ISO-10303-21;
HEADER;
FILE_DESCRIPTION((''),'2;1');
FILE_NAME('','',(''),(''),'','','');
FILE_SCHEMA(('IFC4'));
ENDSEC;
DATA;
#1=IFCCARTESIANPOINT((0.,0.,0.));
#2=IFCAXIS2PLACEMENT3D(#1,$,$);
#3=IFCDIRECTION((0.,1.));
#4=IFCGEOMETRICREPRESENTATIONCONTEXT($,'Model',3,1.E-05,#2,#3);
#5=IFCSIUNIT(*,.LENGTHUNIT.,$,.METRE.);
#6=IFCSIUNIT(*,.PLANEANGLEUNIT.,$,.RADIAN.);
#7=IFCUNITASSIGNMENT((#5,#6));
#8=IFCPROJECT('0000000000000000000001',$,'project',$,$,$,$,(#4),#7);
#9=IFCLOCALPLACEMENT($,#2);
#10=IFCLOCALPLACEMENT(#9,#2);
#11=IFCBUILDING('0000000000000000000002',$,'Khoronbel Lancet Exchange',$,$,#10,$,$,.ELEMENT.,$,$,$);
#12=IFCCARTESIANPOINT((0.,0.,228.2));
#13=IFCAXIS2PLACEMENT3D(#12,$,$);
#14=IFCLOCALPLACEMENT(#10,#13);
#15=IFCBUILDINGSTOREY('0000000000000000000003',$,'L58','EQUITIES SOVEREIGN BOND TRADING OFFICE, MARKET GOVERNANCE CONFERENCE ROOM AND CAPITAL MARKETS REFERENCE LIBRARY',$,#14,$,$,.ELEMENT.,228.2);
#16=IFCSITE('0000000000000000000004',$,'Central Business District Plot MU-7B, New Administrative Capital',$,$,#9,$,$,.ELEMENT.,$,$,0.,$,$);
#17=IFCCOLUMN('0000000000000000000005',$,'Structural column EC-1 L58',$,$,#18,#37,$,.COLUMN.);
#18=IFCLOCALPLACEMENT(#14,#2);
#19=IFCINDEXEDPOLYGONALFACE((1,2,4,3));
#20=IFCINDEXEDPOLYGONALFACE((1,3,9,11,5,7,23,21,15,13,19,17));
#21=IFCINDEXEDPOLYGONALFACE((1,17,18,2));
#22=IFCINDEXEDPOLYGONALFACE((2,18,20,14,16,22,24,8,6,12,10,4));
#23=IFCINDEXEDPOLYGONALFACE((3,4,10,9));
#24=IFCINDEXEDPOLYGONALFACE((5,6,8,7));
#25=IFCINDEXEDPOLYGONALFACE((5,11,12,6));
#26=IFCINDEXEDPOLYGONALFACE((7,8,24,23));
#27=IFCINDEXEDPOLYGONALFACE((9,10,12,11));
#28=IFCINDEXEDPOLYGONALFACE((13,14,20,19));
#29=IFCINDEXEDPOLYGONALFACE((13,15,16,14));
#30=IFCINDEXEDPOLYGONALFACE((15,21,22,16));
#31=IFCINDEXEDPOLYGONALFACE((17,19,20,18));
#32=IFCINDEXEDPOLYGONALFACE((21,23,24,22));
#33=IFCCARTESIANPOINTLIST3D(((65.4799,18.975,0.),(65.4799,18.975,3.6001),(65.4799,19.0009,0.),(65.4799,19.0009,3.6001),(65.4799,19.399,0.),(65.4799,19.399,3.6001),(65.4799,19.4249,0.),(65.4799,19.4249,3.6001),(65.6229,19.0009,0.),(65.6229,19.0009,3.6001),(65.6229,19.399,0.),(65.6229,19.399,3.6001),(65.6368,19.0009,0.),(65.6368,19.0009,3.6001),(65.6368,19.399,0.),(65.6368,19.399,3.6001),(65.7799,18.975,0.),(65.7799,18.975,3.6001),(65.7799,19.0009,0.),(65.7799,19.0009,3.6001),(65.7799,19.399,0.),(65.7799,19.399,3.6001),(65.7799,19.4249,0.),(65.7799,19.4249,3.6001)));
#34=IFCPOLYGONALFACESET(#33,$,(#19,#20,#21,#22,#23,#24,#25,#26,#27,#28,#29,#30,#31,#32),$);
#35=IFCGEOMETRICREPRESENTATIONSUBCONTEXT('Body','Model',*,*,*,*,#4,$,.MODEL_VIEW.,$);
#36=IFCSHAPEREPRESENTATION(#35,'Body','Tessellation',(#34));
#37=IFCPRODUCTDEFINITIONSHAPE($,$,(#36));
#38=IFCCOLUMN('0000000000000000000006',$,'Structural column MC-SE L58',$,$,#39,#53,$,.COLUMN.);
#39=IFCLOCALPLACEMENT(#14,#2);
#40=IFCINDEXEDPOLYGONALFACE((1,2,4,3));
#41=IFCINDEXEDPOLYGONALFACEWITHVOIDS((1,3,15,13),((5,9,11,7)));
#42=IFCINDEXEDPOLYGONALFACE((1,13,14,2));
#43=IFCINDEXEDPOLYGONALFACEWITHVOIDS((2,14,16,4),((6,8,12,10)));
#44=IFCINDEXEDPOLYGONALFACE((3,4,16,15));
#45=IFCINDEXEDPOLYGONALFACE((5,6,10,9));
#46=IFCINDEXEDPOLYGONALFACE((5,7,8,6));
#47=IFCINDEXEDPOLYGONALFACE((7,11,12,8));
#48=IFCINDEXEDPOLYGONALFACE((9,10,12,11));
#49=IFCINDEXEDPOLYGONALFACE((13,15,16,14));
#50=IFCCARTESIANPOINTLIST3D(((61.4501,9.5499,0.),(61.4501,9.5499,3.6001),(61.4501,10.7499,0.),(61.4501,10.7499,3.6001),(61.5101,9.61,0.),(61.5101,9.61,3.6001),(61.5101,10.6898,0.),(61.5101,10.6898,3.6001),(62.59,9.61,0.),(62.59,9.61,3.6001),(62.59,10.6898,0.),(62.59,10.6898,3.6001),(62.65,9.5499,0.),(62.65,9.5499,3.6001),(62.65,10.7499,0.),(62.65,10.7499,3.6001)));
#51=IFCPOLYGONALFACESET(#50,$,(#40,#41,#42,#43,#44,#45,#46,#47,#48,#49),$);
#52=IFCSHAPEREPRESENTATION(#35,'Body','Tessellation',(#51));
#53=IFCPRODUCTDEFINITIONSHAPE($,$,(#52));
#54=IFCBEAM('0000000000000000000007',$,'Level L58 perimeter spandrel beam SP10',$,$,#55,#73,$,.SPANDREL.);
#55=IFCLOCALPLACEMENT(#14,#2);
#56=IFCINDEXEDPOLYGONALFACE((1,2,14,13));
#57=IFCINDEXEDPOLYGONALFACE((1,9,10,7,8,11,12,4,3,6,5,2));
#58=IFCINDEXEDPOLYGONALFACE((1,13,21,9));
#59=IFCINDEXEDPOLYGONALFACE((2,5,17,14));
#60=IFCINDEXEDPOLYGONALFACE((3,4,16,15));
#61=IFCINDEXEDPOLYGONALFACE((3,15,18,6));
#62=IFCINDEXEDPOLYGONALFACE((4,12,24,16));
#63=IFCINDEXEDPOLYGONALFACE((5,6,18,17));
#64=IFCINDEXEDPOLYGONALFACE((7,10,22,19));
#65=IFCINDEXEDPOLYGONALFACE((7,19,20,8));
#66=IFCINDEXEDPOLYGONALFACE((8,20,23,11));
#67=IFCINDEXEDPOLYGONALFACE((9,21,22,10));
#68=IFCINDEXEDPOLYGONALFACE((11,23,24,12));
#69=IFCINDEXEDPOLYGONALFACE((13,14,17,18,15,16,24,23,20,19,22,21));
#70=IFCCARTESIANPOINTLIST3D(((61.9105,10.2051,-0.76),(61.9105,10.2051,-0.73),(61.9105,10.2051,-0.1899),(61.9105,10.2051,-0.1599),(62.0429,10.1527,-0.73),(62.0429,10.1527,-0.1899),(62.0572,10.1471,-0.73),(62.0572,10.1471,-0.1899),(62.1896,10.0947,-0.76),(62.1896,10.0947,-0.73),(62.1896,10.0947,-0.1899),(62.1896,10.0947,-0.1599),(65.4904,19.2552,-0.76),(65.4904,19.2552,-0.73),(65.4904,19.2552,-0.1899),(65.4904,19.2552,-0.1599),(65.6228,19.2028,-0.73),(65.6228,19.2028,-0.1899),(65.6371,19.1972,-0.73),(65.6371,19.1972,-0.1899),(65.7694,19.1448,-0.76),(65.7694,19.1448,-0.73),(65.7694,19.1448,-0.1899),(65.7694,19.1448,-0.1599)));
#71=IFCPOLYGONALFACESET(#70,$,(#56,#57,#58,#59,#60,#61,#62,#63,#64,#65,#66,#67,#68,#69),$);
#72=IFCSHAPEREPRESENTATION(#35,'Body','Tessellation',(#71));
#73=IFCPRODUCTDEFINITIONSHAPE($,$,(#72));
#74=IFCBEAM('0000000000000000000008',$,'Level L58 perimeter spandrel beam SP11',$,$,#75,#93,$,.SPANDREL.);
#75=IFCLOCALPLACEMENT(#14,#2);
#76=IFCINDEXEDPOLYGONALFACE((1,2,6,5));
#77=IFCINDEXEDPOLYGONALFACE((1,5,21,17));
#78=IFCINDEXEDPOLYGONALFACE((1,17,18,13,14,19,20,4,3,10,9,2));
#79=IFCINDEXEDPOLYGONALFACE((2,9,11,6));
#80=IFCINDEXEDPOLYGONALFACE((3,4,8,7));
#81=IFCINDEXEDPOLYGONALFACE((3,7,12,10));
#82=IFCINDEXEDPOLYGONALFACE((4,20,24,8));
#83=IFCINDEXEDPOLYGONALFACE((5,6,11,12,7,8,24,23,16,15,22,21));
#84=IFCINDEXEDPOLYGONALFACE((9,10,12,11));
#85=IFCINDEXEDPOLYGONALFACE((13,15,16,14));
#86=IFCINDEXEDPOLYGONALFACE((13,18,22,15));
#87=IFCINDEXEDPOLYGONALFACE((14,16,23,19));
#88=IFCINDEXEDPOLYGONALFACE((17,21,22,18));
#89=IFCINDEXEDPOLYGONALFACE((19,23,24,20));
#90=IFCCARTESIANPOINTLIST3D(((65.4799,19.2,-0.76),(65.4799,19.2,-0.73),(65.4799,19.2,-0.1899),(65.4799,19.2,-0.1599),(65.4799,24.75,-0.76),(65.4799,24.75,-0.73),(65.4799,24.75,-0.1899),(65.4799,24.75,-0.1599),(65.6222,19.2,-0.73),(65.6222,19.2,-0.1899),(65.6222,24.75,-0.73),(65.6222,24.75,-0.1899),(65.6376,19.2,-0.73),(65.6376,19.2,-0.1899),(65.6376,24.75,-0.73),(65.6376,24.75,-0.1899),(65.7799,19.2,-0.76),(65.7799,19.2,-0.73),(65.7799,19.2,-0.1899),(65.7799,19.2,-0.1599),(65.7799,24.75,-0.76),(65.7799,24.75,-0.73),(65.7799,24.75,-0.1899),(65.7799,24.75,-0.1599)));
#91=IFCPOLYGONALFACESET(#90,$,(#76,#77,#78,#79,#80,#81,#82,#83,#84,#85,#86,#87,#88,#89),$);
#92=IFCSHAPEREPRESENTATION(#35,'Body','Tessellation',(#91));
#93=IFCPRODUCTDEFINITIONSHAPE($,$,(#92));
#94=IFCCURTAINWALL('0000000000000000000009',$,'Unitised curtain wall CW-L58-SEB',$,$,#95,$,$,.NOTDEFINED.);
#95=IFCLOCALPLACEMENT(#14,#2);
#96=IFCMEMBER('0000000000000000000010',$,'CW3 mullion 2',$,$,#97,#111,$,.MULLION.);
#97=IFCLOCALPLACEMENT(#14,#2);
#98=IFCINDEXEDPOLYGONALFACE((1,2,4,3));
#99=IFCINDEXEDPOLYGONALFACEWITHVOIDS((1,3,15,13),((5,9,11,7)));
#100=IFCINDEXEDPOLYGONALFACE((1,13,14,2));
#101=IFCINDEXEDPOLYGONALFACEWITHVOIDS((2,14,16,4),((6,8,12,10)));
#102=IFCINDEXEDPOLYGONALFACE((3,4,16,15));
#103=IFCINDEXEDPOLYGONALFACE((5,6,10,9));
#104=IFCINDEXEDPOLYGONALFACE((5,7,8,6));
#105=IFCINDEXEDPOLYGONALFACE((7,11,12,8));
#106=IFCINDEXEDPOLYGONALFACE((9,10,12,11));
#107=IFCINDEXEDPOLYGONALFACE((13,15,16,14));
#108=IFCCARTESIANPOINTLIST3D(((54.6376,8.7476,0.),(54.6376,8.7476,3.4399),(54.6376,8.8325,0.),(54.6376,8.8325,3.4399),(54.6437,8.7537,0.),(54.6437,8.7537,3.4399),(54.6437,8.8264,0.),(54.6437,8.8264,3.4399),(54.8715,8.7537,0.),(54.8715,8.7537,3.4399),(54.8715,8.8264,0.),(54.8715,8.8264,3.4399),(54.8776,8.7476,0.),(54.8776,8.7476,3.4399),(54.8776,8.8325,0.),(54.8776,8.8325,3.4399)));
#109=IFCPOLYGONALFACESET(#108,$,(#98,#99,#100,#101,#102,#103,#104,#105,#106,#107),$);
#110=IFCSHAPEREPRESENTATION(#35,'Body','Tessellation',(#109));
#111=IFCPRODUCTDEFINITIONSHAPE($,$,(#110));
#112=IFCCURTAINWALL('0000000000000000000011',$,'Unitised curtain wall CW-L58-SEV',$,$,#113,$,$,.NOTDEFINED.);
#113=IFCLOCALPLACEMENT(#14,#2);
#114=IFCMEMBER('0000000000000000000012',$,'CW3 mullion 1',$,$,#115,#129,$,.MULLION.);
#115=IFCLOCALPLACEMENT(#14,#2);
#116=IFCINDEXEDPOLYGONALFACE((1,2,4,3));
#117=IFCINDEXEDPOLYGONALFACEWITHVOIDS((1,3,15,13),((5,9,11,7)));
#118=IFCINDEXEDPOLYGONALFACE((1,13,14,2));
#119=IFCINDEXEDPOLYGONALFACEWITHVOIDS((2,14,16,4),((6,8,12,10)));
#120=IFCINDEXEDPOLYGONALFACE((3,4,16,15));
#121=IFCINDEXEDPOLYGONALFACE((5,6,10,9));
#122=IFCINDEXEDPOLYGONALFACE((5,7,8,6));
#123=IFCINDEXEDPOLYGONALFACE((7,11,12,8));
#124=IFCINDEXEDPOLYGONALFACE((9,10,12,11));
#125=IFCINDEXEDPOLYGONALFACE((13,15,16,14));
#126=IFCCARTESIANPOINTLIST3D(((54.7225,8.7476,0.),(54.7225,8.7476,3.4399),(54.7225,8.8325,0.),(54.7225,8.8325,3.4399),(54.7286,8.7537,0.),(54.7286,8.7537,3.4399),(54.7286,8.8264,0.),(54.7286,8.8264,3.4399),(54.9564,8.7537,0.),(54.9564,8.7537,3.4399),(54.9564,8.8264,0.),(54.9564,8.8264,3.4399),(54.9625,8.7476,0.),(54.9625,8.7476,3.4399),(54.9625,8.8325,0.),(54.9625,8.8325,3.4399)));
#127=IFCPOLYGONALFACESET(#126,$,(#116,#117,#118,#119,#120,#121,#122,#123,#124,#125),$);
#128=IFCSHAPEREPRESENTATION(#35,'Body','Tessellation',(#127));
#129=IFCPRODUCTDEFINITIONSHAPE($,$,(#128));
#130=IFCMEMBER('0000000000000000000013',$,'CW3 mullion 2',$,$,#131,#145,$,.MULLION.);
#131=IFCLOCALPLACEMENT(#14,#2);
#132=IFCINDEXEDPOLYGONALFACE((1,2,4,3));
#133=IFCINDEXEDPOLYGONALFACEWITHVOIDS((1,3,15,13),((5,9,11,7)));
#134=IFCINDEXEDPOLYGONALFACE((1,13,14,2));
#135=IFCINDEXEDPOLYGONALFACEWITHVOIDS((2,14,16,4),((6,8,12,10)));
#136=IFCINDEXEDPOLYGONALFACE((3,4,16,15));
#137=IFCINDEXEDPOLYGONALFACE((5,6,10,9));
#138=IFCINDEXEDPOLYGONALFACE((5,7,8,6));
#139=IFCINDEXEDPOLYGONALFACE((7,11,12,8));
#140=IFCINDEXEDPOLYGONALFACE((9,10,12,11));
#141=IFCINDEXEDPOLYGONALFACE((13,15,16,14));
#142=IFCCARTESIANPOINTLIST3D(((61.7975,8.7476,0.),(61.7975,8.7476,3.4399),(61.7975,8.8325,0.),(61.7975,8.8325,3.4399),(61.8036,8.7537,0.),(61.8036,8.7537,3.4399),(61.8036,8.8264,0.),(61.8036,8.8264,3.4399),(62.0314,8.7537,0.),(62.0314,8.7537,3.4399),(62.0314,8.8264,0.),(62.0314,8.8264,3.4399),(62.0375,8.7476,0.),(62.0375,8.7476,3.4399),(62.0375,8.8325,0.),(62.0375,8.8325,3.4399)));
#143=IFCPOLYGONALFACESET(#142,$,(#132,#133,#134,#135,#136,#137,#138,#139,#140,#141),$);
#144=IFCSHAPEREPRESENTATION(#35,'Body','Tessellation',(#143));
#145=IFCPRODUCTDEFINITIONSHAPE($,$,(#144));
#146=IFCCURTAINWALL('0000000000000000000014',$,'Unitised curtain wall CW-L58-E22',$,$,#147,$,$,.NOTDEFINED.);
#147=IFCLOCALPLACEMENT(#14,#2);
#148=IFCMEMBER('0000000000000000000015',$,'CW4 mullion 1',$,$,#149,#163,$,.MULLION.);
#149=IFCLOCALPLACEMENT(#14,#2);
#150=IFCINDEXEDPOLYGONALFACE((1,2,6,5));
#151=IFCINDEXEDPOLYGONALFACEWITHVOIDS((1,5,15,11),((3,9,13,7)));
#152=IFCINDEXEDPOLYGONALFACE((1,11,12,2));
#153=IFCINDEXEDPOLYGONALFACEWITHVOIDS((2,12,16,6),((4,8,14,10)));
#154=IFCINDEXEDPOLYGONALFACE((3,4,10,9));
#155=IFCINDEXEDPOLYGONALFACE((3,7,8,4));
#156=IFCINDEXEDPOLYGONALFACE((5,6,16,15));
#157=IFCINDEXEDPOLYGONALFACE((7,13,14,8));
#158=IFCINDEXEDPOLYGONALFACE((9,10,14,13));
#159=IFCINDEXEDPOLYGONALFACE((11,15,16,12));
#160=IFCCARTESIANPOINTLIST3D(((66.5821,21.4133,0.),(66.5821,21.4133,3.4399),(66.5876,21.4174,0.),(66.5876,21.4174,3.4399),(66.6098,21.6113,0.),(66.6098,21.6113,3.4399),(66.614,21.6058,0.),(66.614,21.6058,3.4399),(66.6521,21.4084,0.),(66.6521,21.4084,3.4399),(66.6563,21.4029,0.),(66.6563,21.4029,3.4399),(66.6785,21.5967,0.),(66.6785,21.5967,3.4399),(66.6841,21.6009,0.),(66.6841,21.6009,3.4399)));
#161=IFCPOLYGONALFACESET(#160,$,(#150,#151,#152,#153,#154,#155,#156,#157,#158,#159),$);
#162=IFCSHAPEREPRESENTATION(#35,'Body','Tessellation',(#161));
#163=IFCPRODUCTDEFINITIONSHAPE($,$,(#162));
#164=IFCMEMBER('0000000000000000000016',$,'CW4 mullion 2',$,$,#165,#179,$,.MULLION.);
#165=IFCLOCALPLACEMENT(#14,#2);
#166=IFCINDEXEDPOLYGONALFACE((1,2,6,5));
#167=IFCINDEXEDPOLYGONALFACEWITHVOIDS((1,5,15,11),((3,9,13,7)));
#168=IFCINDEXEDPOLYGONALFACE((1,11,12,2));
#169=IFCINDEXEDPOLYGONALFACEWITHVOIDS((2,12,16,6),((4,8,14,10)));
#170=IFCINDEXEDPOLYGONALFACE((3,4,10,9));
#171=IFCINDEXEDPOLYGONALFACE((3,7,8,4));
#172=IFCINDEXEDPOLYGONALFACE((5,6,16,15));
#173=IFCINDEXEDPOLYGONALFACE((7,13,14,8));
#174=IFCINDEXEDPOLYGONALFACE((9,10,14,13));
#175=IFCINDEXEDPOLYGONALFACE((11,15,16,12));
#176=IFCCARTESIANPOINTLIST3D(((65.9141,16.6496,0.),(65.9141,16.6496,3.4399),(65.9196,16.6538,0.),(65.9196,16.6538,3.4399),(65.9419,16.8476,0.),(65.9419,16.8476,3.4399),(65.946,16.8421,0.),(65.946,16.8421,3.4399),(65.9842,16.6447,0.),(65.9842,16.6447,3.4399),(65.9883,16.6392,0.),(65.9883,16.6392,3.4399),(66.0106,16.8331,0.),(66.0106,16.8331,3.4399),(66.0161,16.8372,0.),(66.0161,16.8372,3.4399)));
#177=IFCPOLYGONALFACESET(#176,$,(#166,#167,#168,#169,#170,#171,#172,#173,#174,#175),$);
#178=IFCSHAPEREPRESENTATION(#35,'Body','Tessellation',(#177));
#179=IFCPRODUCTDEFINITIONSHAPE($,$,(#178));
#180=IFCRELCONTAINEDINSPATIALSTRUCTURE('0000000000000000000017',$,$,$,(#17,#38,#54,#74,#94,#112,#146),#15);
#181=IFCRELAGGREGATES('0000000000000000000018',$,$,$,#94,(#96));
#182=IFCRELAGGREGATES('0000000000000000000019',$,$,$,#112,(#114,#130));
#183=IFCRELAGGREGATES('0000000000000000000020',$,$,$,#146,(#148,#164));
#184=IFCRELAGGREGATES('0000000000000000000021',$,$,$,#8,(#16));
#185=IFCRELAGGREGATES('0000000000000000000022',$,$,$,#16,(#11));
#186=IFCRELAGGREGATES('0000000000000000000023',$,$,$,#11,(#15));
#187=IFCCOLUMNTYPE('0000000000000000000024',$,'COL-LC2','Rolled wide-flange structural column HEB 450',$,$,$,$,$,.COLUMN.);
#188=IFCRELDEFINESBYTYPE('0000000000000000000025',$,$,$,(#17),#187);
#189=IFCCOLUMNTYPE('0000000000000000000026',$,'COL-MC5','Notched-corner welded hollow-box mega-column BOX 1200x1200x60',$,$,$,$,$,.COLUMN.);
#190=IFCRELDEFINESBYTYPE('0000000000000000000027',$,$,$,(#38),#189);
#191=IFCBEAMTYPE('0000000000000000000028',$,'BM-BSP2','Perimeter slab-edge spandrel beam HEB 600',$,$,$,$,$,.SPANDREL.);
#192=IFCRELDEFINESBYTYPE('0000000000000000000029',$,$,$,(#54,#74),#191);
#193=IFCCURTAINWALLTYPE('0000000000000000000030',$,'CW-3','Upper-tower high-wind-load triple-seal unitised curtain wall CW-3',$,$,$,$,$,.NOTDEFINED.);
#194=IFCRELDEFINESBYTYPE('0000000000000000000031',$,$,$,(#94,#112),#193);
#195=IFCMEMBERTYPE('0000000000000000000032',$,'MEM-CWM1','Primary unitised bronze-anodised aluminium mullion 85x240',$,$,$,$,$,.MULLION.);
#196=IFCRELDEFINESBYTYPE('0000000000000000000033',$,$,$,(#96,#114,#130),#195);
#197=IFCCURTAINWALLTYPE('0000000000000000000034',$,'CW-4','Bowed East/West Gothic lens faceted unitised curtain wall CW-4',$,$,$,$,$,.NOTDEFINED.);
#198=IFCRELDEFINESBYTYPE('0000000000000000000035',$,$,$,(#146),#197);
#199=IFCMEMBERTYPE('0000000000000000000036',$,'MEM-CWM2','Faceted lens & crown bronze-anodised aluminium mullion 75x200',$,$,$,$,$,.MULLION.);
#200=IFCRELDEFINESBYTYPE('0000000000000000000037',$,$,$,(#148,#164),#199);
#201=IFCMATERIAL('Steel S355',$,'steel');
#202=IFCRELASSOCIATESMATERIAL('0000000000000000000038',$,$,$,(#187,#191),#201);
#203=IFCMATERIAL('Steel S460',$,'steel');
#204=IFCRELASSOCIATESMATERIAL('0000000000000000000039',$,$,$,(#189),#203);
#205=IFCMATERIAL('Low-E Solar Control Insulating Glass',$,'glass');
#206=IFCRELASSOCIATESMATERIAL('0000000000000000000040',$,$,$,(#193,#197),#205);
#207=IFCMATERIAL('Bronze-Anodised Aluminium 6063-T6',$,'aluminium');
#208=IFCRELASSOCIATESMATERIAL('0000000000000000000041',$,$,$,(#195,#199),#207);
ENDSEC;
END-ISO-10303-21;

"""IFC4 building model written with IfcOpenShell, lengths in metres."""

from ifc_helpers import new_model, si_unit, direction, frame, origin, origin_2d, place, context, subcontext, project, spatial, hollow_rectangle, i_section, extrude, material, material_profile, profile_set, type_object, element, aggregate, save


model = new_model("IFC4")

# Units and contexts
model_context = context("Model", 3, precision=1e-05, world=origin(), true_north=direction((0.0, 1.0)))
body_context = subcontext(model_context, "Body", "Model", "MODEL_VIEW")
ifc_project = project(units=[si_unit("LENGTHUNIT", "METRE"), si_unit("PLANEANGLEUNIT", "RADIAN")], contexts=[model_context])

# Site, building, storey
site_placement = place(None, origin())
site = spatial("IfcSite", under=ifc_project, at=site_placement, Name="Central Business District Plot MU-7B, New Administrative Capital", CompositionType="ELEMENT", RefElevation=0.0)
building_placement = place(site_placement, origin())
building = spatial("IfcBuilding", under=site, at=building_placement, Name="Khoronbel Lancet Exchange", CompositionType="ELEMENT")
storey_placement = place(building_placement, frame((0.0, 0.0, 228.2)))
storey = spatial("IfcBuildingStorey", under=building, at=storey_placement, Name="L58", Description="EQUITIES SOVEREIGN BOND TRADING OFFICE, MARKET GOVERNANCE CONFERENCE ROOM AND CAPITAL MARKETS REFERENCE LIBRARY", CompositionType="ELEMENT", Elevation=228.2)

# Columns
ifc_material_1 = material(Name="Steel S355", Category="steel")
ifc_material_profile_1 = material_profile(ifc_material_1, i_section(OverallWidth=0.3, OverallDepth=0.45, WebThickness=0.0139, FlangeThickness=0.0259, at=origin_2d()), Name="HEB 450")
ifc_profile_set_1 = profile_set([ifc_material_profile_1], Name="Steel S355")
column_type_1 = type_object("IfcColumnType", Name="COL-LC2", Description="Rolled wide-flange structural column HEB 450", PredefinedType="COLUMN", material=ifc_profile_set_1)
column_1_placement = place(storey_placement, frame((65.6299, 19.2, 0.0), z_axis=(0.0, 0.0, 1.0), x_axis=(1.0, 0.0, 0.0)))
element("IfcColumn", 1, at=column_1_placement, inside=storey, type_object=column_type_1, Name="Structural column EC-1 L58", PredefinedType="COLUMN", context=body_context, shape_type="SweptSolid", body=[
    extrude(i_section(OverallWidth=0.3, OverallDepth=0.45, WebThickness=0.0139, FlangeThickness=0.0259, at=origin_2d()), origin(), (0.0, 0.0, 1.0), 3.6001),
])
ifc_material_2 = material(Name="Steel S460", Category="steel")
ifc_material_profile_2 = material_profile(ifc_material_2, hollow_rectangle(XDim=1.2, YDim=1.2, WallThickness=0.0601, at=origin_2d()), Name="BOX 1200x1200x60")
ifc_profile_set_2 = profile_set([ifc_material_profile_2], Name="Steel S460")
column_type_2 = type_object("IfcColumnType", Name="COL-MC5", Description="Notched-corner welded hollow-box mega-column BOX 1200x1200x60", PredefinedType="COLUMN", material=ifc_profile_set_2)
column_2_placement = place(storey_placement, frame((62.05, 10.1499, 0.0), z_axis=(0.0, 0.0, 1.0), x_axis=(1.0, 0.0, 0.0)))
element("IfcColumn", 2, at=column_2_placement, inside=storey, type_object=column_type_2, Name="Structural column MC-SE L58", PredefinedType="COLUMN", context=body_context, shape_type="SweptSolid", body=[
    extrude(hollow_rectangle(XDim=1.2, YDim=1.2, WallThickness=0.0601, at=origin_2d()), origin(), (0.0, 0.0, 1.0), 3.6001),
])

# Beams
ifc_material_profile_3 = material_profile(ifc_material_1, i_section(OverallWidth=0.3, OverallDepth=0.6001, WebThickness=0.0154, FlangeThickness=0.03, at=origin_2d()), Name="HEB 600")
ifc_profile_set_3 = profile_set([ifc_material_profile_3], Name="Steel S355")
beam_type = type_object("IfcBeamType", Name="BM-BSP2", Description="Perimeter slab-edge spandrel beam HEB 600", PredefinedType="SPANDREL", material=ifc_profile_set_3)
beam_1_placement = place(storey_placement, frame((62.05, 10.1499, -0.46), z_axis=(0.367828, 0.929894, 0.0), x_axis=(-0.929894, 0.367828, 0.0)))
element("IfcBeam", 3, at=beam_1_placement, inside=storey, type_object=beam_type, Name="Level L58 perimeter spandrel beam SP10", PredefinedType="SPANDREL", context=body_context, shape_type="SweptSolid", body=[
    extrude(i_section(OverallWidth=0.3, OverallDepth=0.6001, WebThickness=0.0154, FlangeThickness=0.03, at=origin_2d()), origin(), (0.0, 0.0, 1.0), 9.7324),
])
beam_2_placement = place(storey_placement, frame((65.6299, 19.2, -0.46), z_axis=(0.0, 1.0, 0.0), x_axis=(-1.0, 0.0, 0.0)))
element("IfcBeam", 4, at=beam_2_placement, inside=storey, type_object=beam_type, Name="Level L58 perimeter spandrel beam SP11", PredefinedType="SPANDREL", context=body_context, shape_type="SweptSolid", body=[
    extrude(i_section(OverallWidth=0.3, OverallDepth=0.6001, WebThickness=0.0154, FlangeThickness=0.03, at=origin_2d()), origin(), (0.0, 0.0, 1.0), 5.55),
])

# Curtain wall, member
ifc_material_3 = material(Name="Low-E Solar Control Insulating Glass", Category="glass")
curtain_wall_type_1 = type_object("IfcCurtainWallType", Name="CW-3", Description="Upper-tower high-wind-load triple-seal unitised curtain wall CW-3", PredefinedType="NOTDEFINED", material=ifc_material_3)
curtain_wall_1_placement = place(storey_placement, origin())
curtain_wall_1 = element("IfcCurtainWall", 5, at=curtain_wall_1_placement, inside=storey, type_object=curtain_wall_type_1, Name="Unitised curtain wall CW-L58-SEB", PredefinedType="NOTDEFINED")
ifc_material_4 = material(Name="Bronze-Anodised Aluminium 6063-T6", Category="aluminium")
ifc_material_profile_4 = material_profile(ifc_material_4, hollow_rectangle(XDim=0.085, YDim=0.24, WallThickness=0.0061, at=origin_2d()), Name="ALU MULLION 85x240")
ifc_profile_set_4 = profile_set([ifc_material_profile_4], Name="Bronze-Anodised Aluminium 6063-T6")
member_type_1 = type_object("IfcMemberType", Name="MEM-CWM1", Description="Primary unitised bronze-anodised aluminium mullion 85x240", PredefinedType="MULLION", material=ifc_profile_set_4)
member_1_placement = place(storey_placement, frame((54.7576, 8.79, 0.0), z_axis=(0.0, 0.0, 1.0), x_axis=(0.0, 1.0, 0.0)))
member_1 = element("IfcMember", 6, at=member_1_placement, type_object=member_type_1, Name="CW3 mullion 2", PredefinedType="MULLION", context=body_context, shape_type="SweptSolid", body=[
    extrude(hollow_rectangle(XDim=0.085, YDim=0.24, WallThickness=0.0061, at=origin_2d()), origin(), (0.0, 0.0, 1.0), 3.4399),
])
aggregate(curtain_wall_1, [member_1])

# Curtain walls, members
curtain_wall_2_placement = place(storey_placement, origin())
curtain_wall_2 = element("IfcCurtainWall", 7, at=curtain_wall_2_placement, inside=storey, type_object=curtain_wall_type_1, Name="Unitised curtain wall CW-L58-SEV", PredefinedType="NOTDEFINED")
member_2_placement = place(storey_placement, frame((54.8425, 8.79, 0.0), z_axis=(0.0, 0.0, 1.0), x_axis=(0.0, 1.0, 0.0)))
member_2 = element("IfcMember", 8, at=member_2_placement, type_object=member_type_1, Name="CW3 mullion 1", PredefinedType="MULLION", context=body_context, shape_type="SweptSolid", body=[
    extrude(hollow_rectangle(XDim=0.085, YDim=0.24, WallThickness=0.0061, at=origin_2d()), origin(), (0.0, 0.0, 1.0), 3.4399),
])
member_3_placement = place(storey_placement, frame((61.9175, 8.79, 0.0), z_axis=(0.0, 0.0, 1.0), x_axis=(0.0, 1.0, 0.0)))
member_3 = element("IfcMember", 9, at=member_3_placement, type_object=member_type_1, Name="CW3 mullion 2", PredefinedType="MULLION", context=body_context, shape_type="SweptSolid", body=[
    extrude(hollow_rectangle(XDim=0.085, YDim=0.24, WallThickness=0.0061, at=origin_2d()), origin(), (0.0, 0.0, 1.0), 3.4399),
])
curtain_wall_type_2 = type_object("IfcCurtainWallType", Name="CW-4", Description="Bowed East/West Gothic lens faceted unitised curtain wall CW-4", PredefinedType="NOTDEFINED", material=ifc_material_3)
curtain_wall_3_placement = place(storey_placement, origin())
curtain_wall_3 = element("IfcCurtainWall", 10, at=curtain_wall_3_placement, inside=storey, type_object=curtain_wall_type_2, Name="Unitised curtain wall CW-L58-E22", PredefinedType="NOTDEFINED")
ifc_material_profile_5 = material_profile(ifc_material_4, hollow_rectangle(XDim=0.075, YDim=0.2, WallThickness=0.0049, at=origin_2d()), Name="ALU MULLION 75x200")
ifc_profile_set_5 = profile_set([ifc_material_profile_5], Name="Bronze-Anodised Aluminium 6063-T6")
member_type_2 = type_object("IfcMemberType", Name="MEM-CWM2", Description="Faceted lens & crown bronze-anodised aluminium mullion 75x200", PredefinedType="MULLION", material=ifc_profile_set_5)
member_4_placement = place(storey_placement, frame((66.6331, 21.5071, 0.0), z_axis=(0.0, 0.0, 1.0), x_axis=(0.990313, -0.13885, 0.0)))
member_4 = element("IfcMember", 11, at=member_4_placement, type_object=member_type_2, Name="CW4 mullion 1", PredefinedType="MULLION", context=body_context, shape_type="SweptSolid", body=[
    extrude(hollow_rectangle(XDim=0.075, YDim=0.2, WallThickness=0.0049, at=origin_2d()), origin(), (0.0, 0.0, 1.0), 3.4399),
])
member_5_placement = place(storey_placement, frame((65.9651, 16.7434, 0.0), z_axis=(0.0, 0.0, 1.0), x_axis=(0.990313, -0.13885, 0.0)))
member_5 = element("IfcMember", 12, at=member_5_placement, type_object=member_type_2, Name="CW4 mullion 2", PredefinedType="MULLION", context=body_context, shape_type="SweptSolid", body=[
    extrude(hollow_rectangle(XDim=0.075, YDim=0.2, WallThickness=0.0049, at=origin_2d()), origin(), (0.0, 0.0, 1.0), 3.4399),
])

aggregate(curtain_wall_2, [member_2, member_3])
aggregate(curtain_wall_3, [member_4, member_5])

save(model, "model.ifc")
